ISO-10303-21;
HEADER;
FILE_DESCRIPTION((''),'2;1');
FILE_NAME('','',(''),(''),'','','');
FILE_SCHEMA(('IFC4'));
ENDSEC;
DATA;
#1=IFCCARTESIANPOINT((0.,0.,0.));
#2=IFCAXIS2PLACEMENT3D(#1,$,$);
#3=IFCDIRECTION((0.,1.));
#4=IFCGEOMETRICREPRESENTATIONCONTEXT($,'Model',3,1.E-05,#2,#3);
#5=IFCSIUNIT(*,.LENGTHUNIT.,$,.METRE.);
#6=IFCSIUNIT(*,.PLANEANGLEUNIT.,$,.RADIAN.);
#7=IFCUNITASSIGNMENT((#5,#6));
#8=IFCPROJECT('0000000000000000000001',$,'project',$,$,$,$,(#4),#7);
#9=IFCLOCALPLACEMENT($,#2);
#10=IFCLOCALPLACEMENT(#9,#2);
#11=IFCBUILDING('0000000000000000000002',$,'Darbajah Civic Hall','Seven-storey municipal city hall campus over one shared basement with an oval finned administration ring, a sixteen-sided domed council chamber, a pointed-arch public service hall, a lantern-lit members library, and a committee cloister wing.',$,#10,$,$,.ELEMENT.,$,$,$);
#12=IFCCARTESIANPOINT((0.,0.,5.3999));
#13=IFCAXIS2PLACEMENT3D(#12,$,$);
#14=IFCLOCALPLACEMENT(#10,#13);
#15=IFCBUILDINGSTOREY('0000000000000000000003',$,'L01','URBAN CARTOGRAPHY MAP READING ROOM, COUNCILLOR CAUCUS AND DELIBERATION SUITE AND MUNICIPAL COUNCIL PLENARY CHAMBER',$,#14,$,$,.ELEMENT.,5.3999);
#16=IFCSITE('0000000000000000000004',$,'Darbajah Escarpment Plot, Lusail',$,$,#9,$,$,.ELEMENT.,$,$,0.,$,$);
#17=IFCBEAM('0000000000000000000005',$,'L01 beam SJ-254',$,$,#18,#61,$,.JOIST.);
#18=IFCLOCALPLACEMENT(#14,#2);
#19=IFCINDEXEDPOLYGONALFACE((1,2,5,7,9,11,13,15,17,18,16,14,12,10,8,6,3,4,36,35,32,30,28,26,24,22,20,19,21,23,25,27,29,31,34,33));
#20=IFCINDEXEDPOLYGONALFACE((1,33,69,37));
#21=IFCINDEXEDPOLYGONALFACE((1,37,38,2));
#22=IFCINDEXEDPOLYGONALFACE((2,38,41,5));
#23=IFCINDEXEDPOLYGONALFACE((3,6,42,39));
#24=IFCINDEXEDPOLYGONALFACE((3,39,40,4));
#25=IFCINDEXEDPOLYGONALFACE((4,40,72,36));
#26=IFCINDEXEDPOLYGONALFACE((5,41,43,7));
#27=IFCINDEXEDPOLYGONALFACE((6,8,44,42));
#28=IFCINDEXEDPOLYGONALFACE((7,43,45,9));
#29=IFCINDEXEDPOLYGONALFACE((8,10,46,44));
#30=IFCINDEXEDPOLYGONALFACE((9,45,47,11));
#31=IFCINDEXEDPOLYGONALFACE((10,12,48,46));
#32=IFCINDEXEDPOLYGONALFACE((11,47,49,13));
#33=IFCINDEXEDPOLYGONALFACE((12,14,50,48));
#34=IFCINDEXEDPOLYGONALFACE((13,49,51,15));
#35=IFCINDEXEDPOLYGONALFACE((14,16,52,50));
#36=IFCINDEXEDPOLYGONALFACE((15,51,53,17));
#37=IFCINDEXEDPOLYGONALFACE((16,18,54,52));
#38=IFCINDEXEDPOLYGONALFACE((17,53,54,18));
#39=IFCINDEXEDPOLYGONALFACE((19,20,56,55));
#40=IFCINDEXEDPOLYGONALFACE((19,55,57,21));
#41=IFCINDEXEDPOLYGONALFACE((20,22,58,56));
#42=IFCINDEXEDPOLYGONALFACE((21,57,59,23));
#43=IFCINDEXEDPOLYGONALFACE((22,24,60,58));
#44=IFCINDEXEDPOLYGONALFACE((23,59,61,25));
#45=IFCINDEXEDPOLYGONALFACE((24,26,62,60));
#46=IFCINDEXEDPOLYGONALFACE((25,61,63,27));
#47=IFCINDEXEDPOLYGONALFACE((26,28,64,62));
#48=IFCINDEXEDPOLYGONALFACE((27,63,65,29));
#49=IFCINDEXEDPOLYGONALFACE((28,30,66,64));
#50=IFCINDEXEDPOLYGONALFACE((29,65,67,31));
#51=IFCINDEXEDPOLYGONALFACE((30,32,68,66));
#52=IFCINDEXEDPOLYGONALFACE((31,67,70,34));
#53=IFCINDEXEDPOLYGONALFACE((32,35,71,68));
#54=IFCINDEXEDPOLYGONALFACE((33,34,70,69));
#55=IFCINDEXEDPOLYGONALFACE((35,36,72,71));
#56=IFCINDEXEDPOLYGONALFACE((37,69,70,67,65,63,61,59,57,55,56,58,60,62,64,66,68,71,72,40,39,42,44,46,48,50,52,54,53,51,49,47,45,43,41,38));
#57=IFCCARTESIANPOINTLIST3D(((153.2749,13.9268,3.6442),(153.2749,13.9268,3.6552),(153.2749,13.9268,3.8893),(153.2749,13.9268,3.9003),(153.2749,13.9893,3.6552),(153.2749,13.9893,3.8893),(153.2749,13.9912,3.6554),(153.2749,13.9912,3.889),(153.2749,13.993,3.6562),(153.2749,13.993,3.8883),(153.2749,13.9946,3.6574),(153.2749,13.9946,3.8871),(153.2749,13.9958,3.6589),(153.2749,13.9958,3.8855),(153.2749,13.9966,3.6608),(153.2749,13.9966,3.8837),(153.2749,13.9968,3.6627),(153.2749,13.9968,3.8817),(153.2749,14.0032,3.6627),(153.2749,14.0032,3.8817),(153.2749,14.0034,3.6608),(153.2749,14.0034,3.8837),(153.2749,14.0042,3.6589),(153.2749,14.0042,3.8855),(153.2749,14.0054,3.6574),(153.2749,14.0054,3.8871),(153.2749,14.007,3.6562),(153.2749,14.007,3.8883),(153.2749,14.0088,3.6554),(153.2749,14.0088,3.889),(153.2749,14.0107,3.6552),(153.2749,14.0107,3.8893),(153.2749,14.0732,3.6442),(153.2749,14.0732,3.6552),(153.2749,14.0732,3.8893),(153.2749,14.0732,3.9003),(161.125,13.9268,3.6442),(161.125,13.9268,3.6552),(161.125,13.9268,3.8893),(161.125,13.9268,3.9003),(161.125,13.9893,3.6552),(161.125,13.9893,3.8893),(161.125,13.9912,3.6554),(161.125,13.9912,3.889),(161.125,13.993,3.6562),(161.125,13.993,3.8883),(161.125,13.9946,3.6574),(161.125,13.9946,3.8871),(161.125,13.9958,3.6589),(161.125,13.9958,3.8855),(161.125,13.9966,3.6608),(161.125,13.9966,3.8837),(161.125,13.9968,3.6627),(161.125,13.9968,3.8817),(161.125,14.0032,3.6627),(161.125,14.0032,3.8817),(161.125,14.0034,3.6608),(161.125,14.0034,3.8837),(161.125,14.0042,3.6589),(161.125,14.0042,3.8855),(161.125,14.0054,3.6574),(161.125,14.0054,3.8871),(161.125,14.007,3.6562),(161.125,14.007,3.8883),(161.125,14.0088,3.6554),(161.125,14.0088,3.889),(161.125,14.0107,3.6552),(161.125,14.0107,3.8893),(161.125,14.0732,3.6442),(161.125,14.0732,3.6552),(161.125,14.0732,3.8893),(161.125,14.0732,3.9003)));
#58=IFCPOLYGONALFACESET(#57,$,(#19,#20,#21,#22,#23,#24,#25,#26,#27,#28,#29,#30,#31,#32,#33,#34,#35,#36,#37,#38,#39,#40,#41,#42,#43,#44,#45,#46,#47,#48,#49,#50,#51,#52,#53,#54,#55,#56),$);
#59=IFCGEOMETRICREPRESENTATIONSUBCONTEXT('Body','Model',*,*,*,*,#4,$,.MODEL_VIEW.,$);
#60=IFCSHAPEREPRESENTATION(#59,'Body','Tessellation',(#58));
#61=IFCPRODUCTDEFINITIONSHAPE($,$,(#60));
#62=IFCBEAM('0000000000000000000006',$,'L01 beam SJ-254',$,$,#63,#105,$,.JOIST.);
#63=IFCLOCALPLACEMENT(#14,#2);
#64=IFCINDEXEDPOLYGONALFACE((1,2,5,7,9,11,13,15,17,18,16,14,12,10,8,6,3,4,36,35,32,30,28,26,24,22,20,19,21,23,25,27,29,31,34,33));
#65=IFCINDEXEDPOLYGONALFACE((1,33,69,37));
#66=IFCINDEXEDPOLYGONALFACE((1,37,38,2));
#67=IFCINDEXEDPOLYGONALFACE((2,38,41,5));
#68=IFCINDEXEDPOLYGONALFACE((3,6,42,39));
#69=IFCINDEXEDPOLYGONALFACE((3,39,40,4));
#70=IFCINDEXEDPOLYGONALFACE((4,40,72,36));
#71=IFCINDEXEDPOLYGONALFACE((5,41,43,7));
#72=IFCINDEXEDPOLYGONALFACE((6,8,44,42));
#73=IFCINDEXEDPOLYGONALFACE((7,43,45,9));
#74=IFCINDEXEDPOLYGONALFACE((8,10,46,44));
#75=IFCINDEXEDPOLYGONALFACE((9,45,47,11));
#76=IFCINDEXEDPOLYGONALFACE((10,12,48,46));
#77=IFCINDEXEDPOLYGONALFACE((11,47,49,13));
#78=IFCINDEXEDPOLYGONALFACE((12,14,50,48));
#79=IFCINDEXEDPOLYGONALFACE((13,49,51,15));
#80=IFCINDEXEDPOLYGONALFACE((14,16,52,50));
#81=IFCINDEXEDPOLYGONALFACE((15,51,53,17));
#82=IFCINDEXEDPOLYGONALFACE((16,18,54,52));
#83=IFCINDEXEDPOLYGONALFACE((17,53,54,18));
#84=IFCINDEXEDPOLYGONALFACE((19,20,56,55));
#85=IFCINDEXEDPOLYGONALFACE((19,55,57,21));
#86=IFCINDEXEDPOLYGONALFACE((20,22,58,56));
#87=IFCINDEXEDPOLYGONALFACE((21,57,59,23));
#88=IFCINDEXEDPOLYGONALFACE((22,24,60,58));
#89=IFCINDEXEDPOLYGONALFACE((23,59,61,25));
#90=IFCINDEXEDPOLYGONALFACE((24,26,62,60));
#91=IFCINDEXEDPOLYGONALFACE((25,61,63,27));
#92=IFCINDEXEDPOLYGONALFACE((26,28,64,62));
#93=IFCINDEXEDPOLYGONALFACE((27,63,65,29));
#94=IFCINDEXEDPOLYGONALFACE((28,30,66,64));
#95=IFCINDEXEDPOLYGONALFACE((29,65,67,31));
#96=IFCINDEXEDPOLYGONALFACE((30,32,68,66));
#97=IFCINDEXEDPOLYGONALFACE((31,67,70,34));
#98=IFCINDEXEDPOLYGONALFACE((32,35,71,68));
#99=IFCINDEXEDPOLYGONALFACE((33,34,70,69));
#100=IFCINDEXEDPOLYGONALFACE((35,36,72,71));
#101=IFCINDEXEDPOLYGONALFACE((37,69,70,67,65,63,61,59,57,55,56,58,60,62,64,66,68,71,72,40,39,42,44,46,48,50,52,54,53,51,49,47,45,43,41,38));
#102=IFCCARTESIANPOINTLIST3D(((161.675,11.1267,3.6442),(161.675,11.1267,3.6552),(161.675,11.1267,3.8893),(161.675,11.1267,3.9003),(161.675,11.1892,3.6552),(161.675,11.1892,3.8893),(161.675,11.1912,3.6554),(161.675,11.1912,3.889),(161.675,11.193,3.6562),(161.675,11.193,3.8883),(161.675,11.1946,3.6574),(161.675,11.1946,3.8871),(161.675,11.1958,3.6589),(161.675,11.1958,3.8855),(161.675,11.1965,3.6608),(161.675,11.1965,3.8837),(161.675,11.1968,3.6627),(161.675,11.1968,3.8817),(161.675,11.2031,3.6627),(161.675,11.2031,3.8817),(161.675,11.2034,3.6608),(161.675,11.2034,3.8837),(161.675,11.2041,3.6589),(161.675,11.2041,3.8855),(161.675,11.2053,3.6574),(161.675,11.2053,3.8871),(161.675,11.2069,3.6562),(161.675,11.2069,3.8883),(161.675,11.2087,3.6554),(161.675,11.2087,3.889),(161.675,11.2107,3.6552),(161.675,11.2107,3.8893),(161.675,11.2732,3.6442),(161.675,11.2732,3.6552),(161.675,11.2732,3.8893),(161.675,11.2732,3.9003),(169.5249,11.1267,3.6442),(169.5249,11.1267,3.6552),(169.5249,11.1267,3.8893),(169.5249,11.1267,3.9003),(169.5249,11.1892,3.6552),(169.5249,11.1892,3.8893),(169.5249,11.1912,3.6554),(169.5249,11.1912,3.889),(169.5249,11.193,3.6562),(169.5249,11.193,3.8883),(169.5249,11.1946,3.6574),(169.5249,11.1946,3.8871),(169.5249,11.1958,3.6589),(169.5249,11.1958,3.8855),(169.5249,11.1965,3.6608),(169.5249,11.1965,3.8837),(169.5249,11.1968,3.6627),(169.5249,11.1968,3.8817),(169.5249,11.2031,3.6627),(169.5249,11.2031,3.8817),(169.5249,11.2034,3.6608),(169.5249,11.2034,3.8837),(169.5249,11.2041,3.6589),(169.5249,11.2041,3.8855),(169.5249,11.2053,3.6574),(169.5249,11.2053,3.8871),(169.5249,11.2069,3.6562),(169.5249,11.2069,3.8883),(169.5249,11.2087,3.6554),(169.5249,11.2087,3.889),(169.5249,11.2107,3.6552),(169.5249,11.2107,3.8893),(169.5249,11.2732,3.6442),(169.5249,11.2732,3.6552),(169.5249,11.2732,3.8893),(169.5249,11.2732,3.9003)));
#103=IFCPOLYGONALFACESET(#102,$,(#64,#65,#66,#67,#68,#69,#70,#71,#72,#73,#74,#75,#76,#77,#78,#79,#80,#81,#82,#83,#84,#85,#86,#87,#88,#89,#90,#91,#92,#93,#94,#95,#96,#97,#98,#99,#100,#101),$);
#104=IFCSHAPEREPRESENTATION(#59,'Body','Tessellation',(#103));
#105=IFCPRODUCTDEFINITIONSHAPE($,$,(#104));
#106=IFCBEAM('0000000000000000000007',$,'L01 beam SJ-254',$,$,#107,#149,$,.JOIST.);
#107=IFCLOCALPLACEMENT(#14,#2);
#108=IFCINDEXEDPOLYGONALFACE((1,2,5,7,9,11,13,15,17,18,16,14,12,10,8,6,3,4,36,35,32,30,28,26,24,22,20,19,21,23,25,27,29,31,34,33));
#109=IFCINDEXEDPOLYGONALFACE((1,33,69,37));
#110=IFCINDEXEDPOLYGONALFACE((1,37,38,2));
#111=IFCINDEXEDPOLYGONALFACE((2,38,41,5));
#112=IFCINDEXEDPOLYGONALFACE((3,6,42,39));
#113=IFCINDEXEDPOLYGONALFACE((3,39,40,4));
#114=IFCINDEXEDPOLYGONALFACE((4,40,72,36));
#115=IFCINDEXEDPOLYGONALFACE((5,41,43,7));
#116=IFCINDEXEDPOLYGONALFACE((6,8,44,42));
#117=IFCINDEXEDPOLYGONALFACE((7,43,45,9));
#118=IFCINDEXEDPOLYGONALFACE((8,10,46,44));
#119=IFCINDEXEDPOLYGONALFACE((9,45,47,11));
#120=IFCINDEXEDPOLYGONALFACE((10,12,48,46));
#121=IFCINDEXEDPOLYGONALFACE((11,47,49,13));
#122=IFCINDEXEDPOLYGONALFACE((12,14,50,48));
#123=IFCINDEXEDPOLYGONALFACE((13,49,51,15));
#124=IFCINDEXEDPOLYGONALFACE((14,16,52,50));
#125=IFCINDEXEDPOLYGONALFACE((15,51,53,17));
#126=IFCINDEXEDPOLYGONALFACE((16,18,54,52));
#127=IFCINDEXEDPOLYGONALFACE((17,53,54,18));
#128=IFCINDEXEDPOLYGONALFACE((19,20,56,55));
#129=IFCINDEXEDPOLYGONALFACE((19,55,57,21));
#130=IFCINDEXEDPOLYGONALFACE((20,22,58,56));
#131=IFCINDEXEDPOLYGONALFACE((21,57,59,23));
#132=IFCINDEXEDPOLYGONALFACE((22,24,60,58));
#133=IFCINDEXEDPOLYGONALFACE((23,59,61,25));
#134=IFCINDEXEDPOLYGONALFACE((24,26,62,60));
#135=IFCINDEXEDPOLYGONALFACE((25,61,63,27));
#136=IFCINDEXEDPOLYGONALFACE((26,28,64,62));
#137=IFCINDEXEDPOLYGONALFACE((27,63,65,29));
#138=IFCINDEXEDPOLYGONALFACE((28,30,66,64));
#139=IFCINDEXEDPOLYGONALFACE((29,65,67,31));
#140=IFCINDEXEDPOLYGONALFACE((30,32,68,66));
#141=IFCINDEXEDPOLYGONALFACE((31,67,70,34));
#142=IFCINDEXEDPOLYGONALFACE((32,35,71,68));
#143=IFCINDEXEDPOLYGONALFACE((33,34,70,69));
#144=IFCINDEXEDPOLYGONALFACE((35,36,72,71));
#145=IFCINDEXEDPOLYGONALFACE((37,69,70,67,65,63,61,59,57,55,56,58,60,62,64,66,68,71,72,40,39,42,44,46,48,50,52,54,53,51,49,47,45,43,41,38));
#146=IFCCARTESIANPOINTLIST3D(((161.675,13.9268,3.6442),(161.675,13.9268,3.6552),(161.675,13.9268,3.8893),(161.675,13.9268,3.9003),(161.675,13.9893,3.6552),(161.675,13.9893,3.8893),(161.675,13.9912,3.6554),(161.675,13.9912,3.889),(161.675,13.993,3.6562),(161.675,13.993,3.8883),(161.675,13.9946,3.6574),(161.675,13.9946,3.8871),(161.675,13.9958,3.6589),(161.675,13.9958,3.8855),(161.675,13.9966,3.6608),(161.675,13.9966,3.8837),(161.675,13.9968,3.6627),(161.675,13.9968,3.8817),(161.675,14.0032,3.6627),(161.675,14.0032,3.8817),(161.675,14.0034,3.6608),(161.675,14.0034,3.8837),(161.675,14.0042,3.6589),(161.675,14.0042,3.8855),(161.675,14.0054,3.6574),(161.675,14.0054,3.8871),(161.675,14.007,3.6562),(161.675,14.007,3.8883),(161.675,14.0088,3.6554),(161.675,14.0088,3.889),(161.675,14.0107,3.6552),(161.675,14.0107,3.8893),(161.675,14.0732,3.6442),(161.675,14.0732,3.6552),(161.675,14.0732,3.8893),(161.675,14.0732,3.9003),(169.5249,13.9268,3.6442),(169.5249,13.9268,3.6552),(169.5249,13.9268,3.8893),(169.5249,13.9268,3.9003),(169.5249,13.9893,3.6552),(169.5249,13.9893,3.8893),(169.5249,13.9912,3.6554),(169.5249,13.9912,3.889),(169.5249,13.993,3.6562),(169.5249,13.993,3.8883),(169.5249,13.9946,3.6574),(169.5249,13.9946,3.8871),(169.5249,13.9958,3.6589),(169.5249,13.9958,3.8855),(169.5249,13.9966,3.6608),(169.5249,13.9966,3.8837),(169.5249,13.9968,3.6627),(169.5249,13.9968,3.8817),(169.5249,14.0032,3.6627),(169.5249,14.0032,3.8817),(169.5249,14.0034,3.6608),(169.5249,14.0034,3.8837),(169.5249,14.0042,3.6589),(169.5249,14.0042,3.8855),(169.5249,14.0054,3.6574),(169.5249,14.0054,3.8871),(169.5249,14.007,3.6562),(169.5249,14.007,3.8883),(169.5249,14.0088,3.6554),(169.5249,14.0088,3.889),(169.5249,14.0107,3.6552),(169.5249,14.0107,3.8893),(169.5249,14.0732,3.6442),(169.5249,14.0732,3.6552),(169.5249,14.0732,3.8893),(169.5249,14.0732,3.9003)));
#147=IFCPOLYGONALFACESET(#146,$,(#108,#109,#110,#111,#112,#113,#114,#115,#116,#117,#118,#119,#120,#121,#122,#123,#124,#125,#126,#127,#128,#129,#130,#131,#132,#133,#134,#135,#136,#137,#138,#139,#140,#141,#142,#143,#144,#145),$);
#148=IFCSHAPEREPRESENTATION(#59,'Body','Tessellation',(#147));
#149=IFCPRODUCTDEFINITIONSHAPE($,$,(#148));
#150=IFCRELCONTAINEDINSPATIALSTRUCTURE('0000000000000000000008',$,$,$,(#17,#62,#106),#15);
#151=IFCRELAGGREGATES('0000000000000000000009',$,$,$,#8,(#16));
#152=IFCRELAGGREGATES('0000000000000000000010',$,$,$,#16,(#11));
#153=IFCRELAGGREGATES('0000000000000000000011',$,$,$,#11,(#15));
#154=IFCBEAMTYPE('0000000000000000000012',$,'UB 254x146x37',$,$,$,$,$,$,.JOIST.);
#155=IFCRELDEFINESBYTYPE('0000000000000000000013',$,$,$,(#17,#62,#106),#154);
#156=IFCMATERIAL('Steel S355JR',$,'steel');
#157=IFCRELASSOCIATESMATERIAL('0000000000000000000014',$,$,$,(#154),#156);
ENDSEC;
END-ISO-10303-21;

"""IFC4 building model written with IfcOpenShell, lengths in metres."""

from ifc_helpers import new_model, si_unit, direction, frame, origin, origin_2d, place, context, subcontext, project, spatial, i_section, extrude, material, material_profile, profile_set, type_object, element, save


model = new_model("IFC4")

# Units and contexts
model_context = context("Model", 3, precision=1e-05, world=origin(), true_north=direction((0.0, 1.0)))
body_context = subcontext(model_context, "Body", "Model", "MODEL_VIEW")
ifc_project = project(units=[si_unit("LENGTHUNIT", "METRE"), si_unit("PLANEANGLEUNIT", "RADIAN")], contexts=[model_context])

# Site, building, storey
site_placement = place(None, origin())
site = spatial("IfcSite", under=ifc_project, at=site_placement, Name="Darbajah Escarpment Plot, Lusail", CompositionType="ELEMENT", RefElevation=0.0)
building_placement = place(site_placement, origin())
building = spatial("IfcBuilding", under=site, at=building_placement, Name="Darbajah Civic Hall", Description="Seven-storey municipal city hall campus over one shared basement with an oval finned administration ring, a sixteen-sided domed council chamber, a pointed-arch public service hall, a lantern-lit members library, and a committee cloister wing.", CompositionType="ELEMENT")
storey_placement = place(building_placement, frame((0.0, 0.0, 5.3999)))
storey = spatial("IfcBuildingStorey", under=building, at=storey_placement, Name="L01", Description="URBAN CARTOGRAPHY MAP READING ROOM, COUNCILLOR CAUCUS AND DELIBERATION SUITE AND MUNICIPAL COUNCIL PLENARY CHAMBER", CompositionType="ELEMENT", Elevation=5.3999)

# Beams
ifc_material_1 = material(Name="Steel S355JR", Category="steel")
ifc_material_profile_1 = material_profile(ifc_material_1, i_section(OverallWidth=0.1465, OverallDepth=0.2561, WebThickness=0.0063, FlangeThickness=0.011, FilletRadius=0.0076, at=origin_2d()), Name="UB 254x146x37")
ifc_profile_set_1 = profile_set([ifc_material_profile_1], Name="Steel S355JR")
beam_type_1 = type_object("IfcBeamType", Name="UB 254x146x37", PredefinedType="JOIST", material=ifc_profile_set_1)
for number, where, z_axis, x_axis, name in (
    (1, (153.2749, 14.0, 3.7722), (1.0, 0.0, 0.0), (0.0, 1.0, 0.0), "L01 beam SJ-254"),
):
    element("IfcBeam", number, at=place(storey_placement, frame(where, z_axis=z_axis, x_axis=x_axis)), inside=storey, type_object=beam_type_1, Name=name, PredefinedType="JOIST", context=body_context, shape_type="SweptSolid", body=[
        extrude(i_section(OverallWidth=0.1465, OverallDepth=0.2561, WebThickness=0.0063, FlangeThickness=0.011, FilletRadius=0.0076, at=origin_2d()), origin(), (0.0, 0.0, 1.0), 7.8501),
    ])
for number, where, z_axis, x_axis, name in (
    (2, (161.675, 11.2, 3.7722), (1.0, 0.0, 0.0), (0.0, 1.0, 0.0), "L01 beam SJ-254"),
    (3, (161.675, 14.0, 3.7722), (1.0, 0.0, 0.0), (0.0, 1.0, 0.0), "L01 beam SJ-254"),
):
    element("IfcBeam", number, at=place(storey_placement, frame(where, z_axis=z_axis, x_axis=x_axis)), inside=storey, type_object=beam_type_1, Name=name, PredefinedType="JOIST", context=body_context, shape_type="SweptSolid", body=[
        extrude(i_section(OverallWidth=0.1465, OverallDepth=0.2561, WebThickness=0.0063, FlangeThickness=0.011, FilletRadius=0.0076, at=origin_2d()), origin(), (0.0, 0.0, 1.0), 7.8499),
    ])

save(model, "model.ifc")
